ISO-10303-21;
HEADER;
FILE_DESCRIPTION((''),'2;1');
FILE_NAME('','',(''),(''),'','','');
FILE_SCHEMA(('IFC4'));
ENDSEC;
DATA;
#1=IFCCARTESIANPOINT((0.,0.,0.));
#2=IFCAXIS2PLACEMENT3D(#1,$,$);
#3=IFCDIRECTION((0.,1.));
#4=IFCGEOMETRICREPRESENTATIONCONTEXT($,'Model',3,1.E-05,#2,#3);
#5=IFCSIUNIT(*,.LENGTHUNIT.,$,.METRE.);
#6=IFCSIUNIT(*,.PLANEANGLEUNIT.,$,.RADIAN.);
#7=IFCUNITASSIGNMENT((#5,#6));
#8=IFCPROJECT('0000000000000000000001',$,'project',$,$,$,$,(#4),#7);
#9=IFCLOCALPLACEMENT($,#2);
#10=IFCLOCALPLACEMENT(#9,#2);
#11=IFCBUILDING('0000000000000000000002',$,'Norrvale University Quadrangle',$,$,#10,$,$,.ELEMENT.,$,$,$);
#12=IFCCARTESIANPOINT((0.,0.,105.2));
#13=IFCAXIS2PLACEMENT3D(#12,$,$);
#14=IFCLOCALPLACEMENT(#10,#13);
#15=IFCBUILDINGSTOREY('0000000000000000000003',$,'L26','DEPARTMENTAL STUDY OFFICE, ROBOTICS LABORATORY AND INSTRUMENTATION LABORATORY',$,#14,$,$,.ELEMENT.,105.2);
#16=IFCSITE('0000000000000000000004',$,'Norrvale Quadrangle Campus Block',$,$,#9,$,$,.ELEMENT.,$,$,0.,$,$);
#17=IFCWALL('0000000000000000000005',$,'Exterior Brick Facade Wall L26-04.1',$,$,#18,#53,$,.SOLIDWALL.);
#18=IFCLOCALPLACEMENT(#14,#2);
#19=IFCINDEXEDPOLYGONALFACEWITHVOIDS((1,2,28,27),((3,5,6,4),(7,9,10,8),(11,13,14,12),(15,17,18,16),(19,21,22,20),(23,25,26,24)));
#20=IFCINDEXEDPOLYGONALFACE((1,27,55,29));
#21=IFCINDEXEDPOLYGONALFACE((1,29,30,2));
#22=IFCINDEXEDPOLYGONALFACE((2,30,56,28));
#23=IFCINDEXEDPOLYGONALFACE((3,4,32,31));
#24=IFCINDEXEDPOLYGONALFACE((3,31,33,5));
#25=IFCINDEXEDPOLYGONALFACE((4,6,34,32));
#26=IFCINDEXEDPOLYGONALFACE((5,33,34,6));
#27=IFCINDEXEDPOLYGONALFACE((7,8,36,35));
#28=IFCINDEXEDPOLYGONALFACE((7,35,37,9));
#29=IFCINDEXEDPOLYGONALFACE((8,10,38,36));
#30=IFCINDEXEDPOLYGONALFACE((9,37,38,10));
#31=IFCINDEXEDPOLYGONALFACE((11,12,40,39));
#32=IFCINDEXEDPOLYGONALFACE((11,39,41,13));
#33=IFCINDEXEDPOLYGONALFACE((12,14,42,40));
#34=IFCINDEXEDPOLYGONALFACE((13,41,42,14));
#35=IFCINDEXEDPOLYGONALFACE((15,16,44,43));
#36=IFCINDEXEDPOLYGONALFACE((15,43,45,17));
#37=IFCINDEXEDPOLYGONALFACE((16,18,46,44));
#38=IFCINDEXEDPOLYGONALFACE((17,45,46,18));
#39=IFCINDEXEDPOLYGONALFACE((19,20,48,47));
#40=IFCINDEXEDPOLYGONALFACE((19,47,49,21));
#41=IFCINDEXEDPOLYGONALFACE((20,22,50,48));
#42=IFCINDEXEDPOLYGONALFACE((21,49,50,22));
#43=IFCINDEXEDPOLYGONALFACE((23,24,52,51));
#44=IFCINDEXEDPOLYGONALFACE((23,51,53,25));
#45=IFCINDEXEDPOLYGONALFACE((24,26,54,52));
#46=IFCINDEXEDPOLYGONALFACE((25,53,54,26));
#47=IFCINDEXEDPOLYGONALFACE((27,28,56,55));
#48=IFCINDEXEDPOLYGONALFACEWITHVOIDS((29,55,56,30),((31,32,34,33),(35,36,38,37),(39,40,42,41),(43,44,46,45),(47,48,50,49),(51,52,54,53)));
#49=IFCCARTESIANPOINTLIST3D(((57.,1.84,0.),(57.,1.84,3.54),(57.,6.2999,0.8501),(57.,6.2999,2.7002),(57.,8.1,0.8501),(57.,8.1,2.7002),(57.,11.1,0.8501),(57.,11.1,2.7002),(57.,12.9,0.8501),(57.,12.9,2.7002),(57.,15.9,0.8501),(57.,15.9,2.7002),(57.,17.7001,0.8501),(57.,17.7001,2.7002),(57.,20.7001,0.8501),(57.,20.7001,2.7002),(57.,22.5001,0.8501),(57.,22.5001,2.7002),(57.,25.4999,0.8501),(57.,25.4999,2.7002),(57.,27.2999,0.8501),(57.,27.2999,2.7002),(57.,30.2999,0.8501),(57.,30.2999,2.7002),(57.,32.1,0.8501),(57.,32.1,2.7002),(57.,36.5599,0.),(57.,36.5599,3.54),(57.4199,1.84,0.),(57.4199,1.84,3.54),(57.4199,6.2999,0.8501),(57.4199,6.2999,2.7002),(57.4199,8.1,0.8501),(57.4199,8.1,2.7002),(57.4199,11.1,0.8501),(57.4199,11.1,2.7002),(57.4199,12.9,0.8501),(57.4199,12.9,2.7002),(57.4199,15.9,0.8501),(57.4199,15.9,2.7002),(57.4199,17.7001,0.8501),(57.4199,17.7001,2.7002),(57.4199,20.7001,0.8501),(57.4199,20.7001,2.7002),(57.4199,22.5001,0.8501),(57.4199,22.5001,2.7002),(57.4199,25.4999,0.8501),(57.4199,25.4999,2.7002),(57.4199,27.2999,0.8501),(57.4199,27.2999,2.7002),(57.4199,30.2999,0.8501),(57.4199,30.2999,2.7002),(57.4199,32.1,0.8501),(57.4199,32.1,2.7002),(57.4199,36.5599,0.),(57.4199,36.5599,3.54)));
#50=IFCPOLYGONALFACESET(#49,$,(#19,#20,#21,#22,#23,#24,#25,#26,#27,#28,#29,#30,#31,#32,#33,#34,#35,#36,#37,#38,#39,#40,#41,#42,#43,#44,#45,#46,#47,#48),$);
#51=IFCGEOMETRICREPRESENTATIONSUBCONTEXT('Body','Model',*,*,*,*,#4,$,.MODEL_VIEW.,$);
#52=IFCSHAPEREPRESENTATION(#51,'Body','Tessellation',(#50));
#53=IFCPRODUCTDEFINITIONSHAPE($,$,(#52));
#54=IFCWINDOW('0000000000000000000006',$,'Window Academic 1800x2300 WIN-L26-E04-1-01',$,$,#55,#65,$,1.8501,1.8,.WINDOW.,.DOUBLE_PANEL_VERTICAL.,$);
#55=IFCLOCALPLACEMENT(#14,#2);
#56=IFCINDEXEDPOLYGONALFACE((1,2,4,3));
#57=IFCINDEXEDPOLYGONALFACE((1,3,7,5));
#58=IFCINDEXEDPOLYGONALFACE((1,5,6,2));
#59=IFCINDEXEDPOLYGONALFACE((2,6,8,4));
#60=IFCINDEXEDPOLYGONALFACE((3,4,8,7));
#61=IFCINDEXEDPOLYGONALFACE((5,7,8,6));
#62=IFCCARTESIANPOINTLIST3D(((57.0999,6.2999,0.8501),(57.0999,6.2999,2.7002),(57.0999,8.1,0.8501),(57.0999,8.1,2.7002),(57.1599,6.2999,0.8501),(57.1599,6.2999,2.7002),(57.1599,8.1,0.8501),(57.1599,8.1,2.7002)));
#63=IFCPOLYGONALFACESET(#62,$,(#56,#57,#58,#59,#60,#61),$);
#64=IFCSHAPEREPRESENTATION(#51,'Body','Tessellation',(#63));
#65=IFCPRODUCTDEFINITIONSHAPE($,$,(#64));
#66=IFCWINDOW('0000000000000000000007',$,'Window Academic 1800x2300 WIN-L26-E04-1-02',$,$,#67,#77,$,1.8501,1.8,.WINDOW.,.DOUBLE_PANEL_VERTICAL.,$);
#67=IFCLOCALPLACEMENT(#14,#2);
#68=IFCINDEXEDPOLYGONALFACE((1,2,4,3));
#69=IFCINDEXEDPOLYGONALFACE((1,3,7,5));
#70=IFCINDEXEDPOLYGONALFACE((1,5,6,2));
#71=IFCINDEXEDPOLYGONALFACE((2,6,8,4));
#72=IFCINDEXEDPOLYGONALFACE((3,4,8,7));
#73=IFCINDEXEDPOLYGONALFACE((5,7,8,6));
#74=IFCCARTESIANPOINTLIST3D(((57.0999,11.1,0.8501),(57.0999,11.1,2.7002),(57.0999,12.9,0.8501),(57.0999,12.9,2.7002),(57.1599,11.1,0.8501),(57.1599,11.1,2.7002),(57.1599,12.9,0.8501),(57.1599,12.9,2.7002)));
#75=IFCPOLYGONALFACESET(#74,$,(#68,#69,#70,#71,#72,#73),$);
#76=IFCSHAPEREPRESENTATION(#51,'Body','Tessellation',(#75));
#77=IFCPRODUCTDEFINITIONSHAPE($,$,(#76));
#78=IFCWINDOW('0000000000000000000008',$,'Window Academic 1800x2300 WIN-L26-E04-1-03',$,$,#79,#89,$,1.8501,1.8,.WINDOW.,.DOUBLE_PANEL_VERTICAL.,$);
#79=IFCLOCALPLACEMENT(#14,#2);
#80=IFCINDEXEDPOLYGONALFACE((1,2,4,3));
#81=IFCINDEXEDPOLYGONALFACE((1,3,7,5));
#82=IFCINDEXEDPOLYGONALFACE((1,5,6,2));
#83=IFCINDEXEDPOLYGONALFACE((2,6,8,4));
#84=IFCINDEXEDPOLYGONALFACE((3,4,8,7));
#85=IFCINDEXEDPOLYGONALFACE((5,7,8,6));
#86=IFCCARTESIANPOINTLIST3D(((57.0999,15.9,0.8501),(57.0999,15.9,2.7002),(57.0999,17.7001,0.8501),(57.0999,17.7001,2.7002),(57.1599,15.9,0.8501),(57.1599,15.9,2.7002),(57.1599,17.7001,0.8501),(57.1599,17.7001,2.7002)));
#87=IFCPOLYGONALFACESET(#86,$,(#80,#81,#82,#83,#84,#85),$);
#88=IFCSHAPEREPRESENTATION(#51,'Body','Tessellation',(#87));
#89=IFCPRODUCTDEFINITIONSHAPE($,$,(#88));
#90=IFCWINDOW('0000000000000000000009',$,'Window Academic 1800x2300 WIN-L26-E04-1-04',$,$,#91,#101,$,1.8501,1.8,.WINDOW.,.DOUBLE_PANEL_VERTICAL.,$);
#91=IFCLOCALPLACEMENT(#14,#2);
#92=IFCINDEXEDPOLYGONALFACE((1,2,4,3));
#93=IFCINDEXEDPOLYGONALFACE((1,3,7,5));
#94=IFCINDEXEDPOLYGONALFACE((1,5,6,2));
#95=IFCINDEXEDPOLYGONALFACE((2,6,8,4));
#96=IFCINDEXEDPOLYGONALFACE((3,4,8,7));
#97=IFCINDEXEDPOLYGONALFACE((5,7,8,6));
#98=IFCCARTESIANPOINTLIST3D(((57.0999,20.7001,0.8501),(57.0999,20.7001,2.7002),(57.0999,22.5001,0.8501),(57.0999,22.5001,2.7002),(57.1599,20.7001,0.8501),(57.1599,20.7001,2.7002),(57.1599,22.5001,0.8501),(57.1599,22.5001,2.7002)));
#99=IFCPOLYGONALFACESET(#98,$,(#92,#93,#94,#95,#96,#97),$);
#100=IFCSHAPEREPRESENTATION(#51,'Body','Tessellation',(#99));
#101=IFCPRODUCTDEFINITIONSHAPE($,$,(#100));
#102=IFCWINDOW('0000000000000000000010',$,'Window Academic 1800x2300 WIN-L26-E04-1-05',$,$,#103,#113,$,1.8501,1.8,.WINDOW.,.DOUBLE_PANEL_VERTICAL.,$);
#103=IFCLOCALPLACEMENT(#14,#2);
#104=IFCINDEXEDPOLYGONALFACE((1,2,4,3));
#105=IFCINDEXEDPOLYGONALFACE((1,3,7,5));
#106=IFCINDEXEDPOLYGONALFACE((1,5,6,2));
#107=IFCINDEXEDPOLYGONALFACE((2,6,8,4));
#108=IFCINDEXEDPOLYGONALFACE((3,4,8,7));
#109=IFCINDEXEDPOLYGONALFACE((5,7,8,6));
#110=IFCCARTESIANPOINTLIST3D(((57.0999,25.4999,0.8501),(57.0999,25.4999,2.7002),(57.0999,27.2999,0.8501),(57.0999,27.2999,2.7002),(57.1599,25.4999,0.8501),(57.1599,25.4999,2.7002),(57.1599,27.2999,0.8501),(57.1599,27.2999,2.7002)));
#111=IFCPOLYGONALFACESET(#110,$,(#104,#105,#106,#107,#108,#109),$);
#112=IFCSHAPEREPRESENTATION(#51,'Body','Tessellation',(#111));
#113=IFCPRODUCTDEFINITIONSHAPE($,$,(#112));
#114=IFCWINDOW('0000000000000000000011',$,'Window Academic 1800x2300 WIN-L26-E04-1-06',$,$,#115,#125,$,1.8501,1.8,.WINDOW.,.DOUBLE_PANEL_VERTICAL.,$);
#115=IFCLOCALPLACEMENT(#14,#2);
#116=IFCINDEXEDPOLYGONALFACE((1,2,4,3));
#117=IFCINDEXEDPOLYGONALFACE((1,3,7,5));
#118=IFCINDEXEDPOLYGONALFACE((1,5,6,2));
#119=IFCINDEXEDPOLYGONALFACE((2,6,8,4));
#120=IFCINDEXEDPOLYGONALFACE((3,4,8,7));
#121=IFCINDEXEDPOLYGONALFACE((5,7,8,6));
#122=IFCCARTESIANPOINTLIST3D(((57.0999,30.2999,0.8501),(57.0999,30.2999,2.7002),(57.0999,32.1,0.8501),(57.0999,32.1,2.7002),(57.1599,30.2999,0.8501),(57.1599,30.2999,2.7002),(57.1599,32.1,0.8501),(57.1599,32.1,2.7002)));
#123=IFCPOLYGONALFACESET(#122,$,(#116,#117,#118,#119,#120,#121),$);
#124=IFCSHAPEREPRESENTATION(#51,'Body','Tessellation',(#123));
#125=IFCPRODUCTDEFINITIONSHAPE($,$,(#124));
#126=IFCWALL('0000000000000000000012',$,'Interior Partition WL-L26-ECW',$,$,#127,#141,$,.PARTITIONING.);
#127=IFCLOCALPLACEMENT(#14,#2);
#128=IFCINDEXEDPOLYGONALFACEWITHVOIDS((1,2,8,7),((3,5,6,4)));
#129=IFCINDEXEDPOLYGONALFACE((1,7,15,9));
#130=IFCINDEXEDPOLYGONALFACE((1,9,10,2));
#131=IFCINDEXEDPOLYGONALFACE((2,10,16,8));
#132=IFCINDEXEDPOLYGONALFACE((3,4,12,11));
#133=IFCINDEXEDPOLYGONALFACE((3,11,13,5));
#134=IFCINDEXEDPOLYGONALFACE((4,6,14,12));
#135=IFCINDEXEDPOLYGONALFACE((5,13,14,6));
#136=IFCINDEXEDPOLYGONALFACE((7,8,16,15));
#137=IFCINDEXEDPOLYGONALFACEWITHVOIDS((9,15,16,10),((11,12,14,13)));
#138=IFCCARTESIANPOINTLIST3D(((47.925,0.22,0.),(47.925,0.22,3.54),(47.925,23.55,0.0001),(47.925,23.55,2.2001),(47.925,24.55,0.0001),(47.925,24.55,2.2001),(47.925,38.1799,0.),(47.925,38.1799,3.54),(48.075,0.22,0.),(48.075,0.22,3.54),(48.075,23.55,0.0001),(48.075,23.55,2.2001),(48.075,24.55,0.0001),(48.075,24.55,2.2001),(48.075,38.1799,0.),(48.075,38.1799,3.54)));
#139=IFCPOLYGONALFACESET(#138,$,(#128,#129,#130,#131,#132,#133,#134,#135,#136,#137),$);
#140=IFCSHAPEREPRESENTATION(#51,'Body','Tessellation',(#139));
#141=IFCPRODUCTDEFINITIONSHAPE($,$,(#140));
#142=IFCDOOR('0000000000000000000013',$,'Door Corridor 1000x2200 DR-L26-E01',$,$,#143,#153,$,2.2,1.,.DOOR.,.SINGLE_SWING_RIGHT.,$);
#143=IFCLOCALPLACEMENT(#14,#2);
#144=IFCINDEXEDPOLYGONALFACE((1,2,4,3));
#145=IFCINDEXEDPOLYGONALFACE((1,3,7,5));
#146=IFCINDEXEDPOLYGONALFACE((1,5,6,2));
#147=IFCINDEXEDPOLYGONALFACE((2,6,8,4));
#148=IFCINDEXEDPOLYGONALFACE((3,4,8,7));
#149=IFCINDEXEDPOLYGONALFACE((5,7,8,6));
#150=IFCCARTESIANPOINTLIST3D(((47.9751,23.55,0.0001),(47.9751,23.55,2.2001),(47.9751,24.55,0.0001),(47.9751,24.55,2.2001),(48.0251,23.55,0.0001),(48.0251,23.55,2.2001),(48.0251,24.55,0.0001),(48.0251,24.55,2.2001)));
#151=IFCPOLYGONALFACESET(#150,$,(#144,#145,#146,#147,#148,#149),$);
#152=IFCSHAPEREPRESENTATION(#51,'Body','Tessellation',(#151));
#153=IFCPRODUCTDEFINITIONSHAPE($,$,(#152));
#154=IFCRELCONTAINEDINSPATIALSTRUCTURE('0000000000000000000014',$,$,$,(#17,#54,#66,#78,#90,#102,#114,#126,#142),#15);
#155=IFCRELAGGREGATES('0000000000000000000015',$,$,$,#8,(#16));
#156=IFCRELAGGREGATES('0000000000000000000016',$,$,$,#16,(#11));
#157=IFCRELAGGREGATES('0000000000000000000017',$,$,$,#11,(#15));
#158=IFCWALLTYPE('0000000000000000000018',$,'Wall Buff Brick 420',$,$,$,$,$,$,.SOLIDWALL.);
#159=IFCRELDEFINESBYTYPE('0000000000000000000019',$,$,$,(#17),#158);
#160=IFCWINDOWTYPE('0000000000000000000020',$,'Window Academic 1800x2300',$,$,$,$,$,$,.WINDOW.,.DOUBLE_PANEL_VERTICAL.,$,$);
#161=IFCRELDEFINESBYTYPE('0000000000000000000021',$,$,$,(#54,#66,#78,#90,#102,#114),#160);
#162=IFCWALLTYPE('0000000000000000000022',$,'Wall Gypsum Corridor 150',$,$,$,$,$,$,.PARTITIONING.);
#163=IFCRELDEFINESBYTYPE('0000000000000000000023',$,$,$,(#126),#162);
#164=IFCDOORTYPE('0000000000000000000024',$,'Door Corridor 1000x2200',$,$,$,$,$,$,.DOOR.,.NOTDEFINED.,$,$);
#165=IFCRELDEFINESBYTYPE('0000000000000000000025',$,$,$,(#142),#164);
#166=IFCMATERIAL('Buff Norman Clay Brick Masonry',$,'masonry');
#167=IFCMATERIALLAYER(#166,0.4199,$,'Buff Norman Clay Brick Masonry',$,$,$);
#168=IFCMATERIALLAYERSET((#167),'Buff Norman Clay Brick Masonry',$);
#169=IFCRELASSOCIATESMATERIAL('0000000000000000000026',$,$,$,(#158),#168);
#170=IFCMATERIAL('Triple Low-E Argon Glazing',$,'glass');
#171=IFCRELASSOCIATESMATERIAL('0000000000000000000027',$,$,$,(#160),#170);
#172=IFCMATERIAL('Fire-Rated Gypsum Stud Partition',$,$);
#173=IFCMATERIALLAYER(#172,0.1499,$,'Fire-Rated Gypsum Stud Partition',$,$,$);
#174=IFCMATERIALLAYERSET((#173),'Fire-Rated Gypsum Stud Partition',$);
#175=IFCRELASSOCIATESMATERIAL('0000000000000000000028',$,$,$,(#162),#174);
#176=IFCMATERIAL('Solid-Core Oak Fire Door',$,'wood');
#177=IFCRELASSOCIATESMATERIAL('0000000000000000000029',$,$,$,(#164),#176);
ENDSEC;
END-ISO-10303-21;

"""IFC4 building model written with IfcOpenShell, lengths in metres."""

from ifc_helpers import new_model, si_unit, direction, frame, frame_2d, origin, place, context, subcontext, project, spatial, rectangle, extrude, material, layer, layer_set, type_object, element, fill, save


model = new_model("IFC4")

# Units and contexts
model_context = context("Model", 3, precision=1e-05, world=origin(), true_north=direction((0.0, 1.0)))
body_context = subcontext(model_context, "Body", "Model", "MODEL_VIEW")
ifc_project = project(units=[si_unit("LENGTHUNIT", "METRE"), si_unit("PLANEANGLEUNIT", "RADIAN")], contexts=[model_context])

# Site, building, storey
site_placement = place(None, origin())
site = spatial("IfcSite", under=ifc_project, at=site_placement, Name="Norrvale Quadrangle Campus Block", CompositionType="ELEMENT", RefElevation=0.0)
building_placement = place(site_placement, origin())
building = spatial("IfcBuilding", under=site, at=building_placement, Name="Norrvale University Quadrangle", CompositionType="ELEMENT")
storey_placement = place(building_placement, frame((0.0, 0.0, 105.2)))
storey = spatial("IfcBuildingStorey", under=building, at=storey_placement, Name="L26", Description="DEPARTMENTAL STUDY OFFICE, ROBOTICS LABORATORY AND INSTRUMENTATION LABORATORY", CompositionType="ELEMENT", Elevation=105.2)

# Shared definitions
ifc_material_1 = material(Name="Buff Norman Clay Brick Masonry", Category="masonry")
ifc_layer_1 = layer(ifc_material_1, 0.4199, Name="Buff Norman Clay Brick Masonry")
ifc_layer_set_1 = layer_set([ifc_layer_1], Name="Buff Norman Clay Brick Masonry")
wall_type_1 = type_object("IfcWallType", Name="Wall Buff Brick 420", PredefinedType="SOLIDWALL", material=ifc_layer_set_1)

# Wall, openings, windows
wall_1_placement = place(storey_placement, frame((57.21, 1.8401, 0.0), z_axis=(0.0, 0.0, 1.0), x_axis=(0.0, 1.0, 0.0)))
wall_1 = element("IfcWall", 1, at=wall_1_placement, inside=storey, type_object=wall_type_1, Name="Exterior Brick Facade Wall L26-04.1", PredefinedType="SOLIDWALL", context=body_context, shape_type="SweptSolid", body=[
    extrude(rectangle(XDim=34.72, YDim=0.4199, at=frame_2d((17.3599, 0.0))), origin(), (0.0, 0.0, 1.0), 3.54),
])
opening_1_placement = place(wall_1_placement, frame((4.46, 0.0, 0.8501)))
opening_1 = element("IfcOpeningElement", 2, at=opening_1_placement, cuts=wall_1, PredefinedType="OPENING", context=body_context, shape_type="SweptSolid", body=[
    extrude(rectangle(XDim=1.8, YDim=1.8501, at=frame_2d((0.8999, 0.925))), frame((0.0, 0.2219, 0.0), z_axis=(0.0, -1.0, 0.0), x_axis=(1.0, 0.0, 0.0)), (0.0, 0.0, 1.0), 0.4438),
])
opening_2_placement = place(wall_1_placement, frame((9.26, 0.0, 0.8501)))
opening_2 = element("IfcOpeningElement", 3, at=opening_2_placement, cuts=wall_1, PredefinedType="OPENING", context=body_context, shape_type="SweptSolid", body=[
    extrude(rectangle(XDim=1.8, YDim=1.8501, at=frame_2d((0.8999, 0.925))), frame((0.0, 0.2219, 0.0), z_axis=(0.0, -1.0, 0.0), x_axis=(1.0, 0.0, 0.0)), (0.0, 0.0, 1.0), 0.4438),
])
opening_3_placement = place(wall_1_placement, frame((14.0601, 0.0, 0.8501)))
opening_3 = element("IfcOpeningElement", 4, at=opening_3_placement, cuts=wall_1, PredefinedType="OPENING", context=body_context, shape_type="SweptSolid", body=[
    extrude(rectangle(XDim=1.8, YDim=1.8501, at=frame_2d((0.8999, 0.925))), frame((0.0, 0.2219, 0.0), z_axis=(0.0, -1.0, 0.0), x_axis=(1.0, 0.0, 0.0)), (0.0, 0.0, 1.0), 0.4438),
])
opening_4_placement = place(wall_1_placement, frame((18.8601, 0.0, 0.8501)))
opening_4 = element("IfcOpeningElement", 5, at=opening_4_placement, cuts=wall_1, PredefinedType="OPENING", context=body_context, shape_type="SweptSolid", body=[
    extrude(rectangle(XDim=1.8, YDim=1.8501, at=frame_2d((0.8999, 0.925))), frame((0.0, 0.2219, 0.0), z_axis=(0.0, -1.0, 0.0), x_axis=(1.0, 0.0, 0.0)), (0.0, 0.0, 1.0), 0.4438),
])
opening_5_placement = place(wall_1_placement, frame((23.6599, 0.0, 0.8501)))
opening_5 = element("IfcOpeningElement", 6, at=opening_5_placement, cuts=wall_1, PredefinedType="OPENING", context=body_context, shape_type="SweptSolid", body=[
    extrude(rectangle(XDim=1.8, YDim=1.8501, at=frame_2d((0.8999, 0.925))), frame((0.0, 0.2219, 0.0), z_axis=(0.0, -1.0, 0.0), x_axis=(1.0, 0.0, 0.0)), (0.0, 0.0, 1.0), 0.4438),
])
opening_6_placement = place(wall_1_placement, frame((28.46, 0.0, 0.8501)))
opening_6 = element("IfcOpeningElement", 7, at=opening_6_placement, cuts=wall_1, PredefinedType="OPENING", context=body_context, shape_type="SweptSolid", body=[
    extrude(rectangle(XDim=1.8, YDim=1.8501, at=frame_2d((0.8999, 0.925))), frame((0.0, 0.2219, 0.0), z_axis=(0.0, -1.0, 0.0), x_axis=(1.0, 0.0, 0.0)), (0.0, 0.0, 1.0), 0.4438),
])
ifc_material_2 = material(Name="Triple Low-E Argon Glazing", Category="glass")
window_type = type_object("IfcWindowType", Name="Window Academic 1800x2300", PartitioningType="DOUBLE_PANEL_VERTICAL", PredefinedType="WINDOW", material=ifc_material_2)
window_1_placement = place(opening_1_placement, origin())
window_1 = element("IfcWindow", 8, at=window_1_placement, inside=storey, type_object=window_type, Name="Window Academic 1800x2300 WIN-L26-E04-1-01", OverallHeight=1.8501, OverallWidth=1.8, PartitioningType="DOUBLE_PANEL_VERTICAL", PredefinedType="WINDOW", context=body_context, shape_type="SweptSolid", body=[
    extrude(rectangle(XDim=1.8, YDim=1.8501, at=frame_2d((0.8999, 0.925))), frame((0.0, 0.1101, 0.0), z_axis=(0.0, -1.0, 0.0), x_axis=(1.0, 0.0, 0.0)), (0.0, 0.0, 1.0), 0.0601),
])
fill(opening_1, window_1)
window_2_placement = place(opening_2_placement, origin())
window_2 = element("IfcWindow", 9, at=window_2_placement, inside=storey, type_object=window_type, Name="Window Academic 1800x2300 WIN-L26-E04-1-02", OverallHeight=1.8501, OverallWidth=1.8, PartitioningType="DOUBLE_PANEL_VERTICAL", PredefinedType="WINDOW", context=body_context, shape_type="SweptSolid", body=[
    extrude(rectangle(XDim=1.8, YDim=1.8501, at=frame_2d((0.8999, 0.925))), frame((0.0, 0.1101, 0.0), z_axis=(0.0, -1.0, 0.0), x_axis=(1.0, 0.0, 0.0)), (0.0, 0.0, 1.0), 0.0601),
])
fill(opening_2, window_2)
window_3_placement = place(opening_3_placement, origin())
window_3 = element("IfcWindow", 10, at=window_3_placement, inside=storey, type_object=window_type, Name="Window Academic 1800x2300 WIN-L26-E04-1-03", OverallHeight=1.8501, OverallWidth=1.8, PartitioningType="DOUBLE_PANEL_VERTICAL", PredefinedType="WINDOW", context=body_context, shape_type="SweptSolid", body=[
    extrude(rectangle(XDim=1.8, YDim=1.8501, at=frame_2d((0.8999, 0.925))), frame((0.0, 0.1101, 0.0), z_axis=(0.0, -1.0, 0.0), x_axis=(1.0, 0.0, 0.0)), (0.0, 0.0, 1.0), 0.0601),
])
fill(opening_3, window_3)
window_4_placement = place(opening_4_placement, origin())
window_4 = element("IfcWindow", 11, at=window_4_placement, inside=storey, type_object=window_type, Name="Window Academic 1800x2300 WIN-L26-E04-1-04", OverallHeight=1.8501, OverallWidth=1.8, PartitioningType="DOUBLE_PANEL_VERTICAL", PredefinedType="WINDOW", context=body_context, shape_type="SweptSolid", body=[
    extrude(rectangle(XDim=1.8, YDim=1.8501, at=frame_2d((0.8999, 0.925))), frame((0.0, 0.1101, 0.0), z_axis=(0.0, -1.0, 0.0), x_axis=(1.0, 0.0, 0.0)), (0.0, 0.0, 1.0), 0.0601),
])
fill(opening_4, window_4)
window_5_placement = place(opening_5_placement, origin())
window_5 = element("IfcWindow", 12, at=window_5_placement, inside=storey, type_object=window_type, Name="Window Academic 1800x2300 WIN-L26-E04-1-05", OverallHeight=1.8501, OverallWidth=1.8, PartitioningType="DOUBLE_PANEL_VERTICAL", PredefinedType="WINDOW", context=body_context, shape_type="SweptSolid", body=[
    extrude(rectangle(XDim=1.8, YDim=1.8501, at=frame_2d((0.8999, 0.925))), frame((0.0, 0.1101, 0.0), z_axis=(0.0, -1.0, 0.0), x_axis=(1.0, 0.0, 0.0)), (0.0, 0.0, 1.0), 0.0601),
])
fill(opening_5, window_5)
window_6_placement = place(opening_6_placement, origin())
window_6 = element("IfcWindow", 13, at=window_6_placement, inside=storey, type_object=window_type, Name="Window Academic 1800x2300 WIN-L26-E04-1-06", OverallHeight=1.8501, OverallWidth=1.8, PartitioningType="DOUBLE_PANEL_VERTICAL", PredefinedType="WINDOW", context=body_context, shape_type="SweptSolid", body=[
    extrude(rectangle(XDim=1.8, YDim=1.8501, at=frame_2d((0.8999, 0.925))), frame((0.0, 0.1101, 0.0), z_axis=(0.0, -1.0, 0.0), x_axis=(1.0, 0.0, 0.0)), (0.0, 0.0, 1.0), 0.0601),
])
fill(opening_6, window_6)

# Wall, opening, door
ifc_material_3 = material(Name="Fire-Rated Gypsum Stud Partition")
ifc_layer_2 = layer(ifc_material_3, 0.1499, Name="Fire-Rated Gypsum Stud Partition")
ifc_layer_set_2 = layer_set([ifc_layer_2], Name="Fire-Rated Gypsum Stud Partition")
wall_type_2 = type_object("IfcWallType", Name="Wall Gypsum Corridor 150", PredefinedType="PARTITIONING", material=ifc_layer_set_2)
wall_2_placement = place(storey_placement, frame((48.0, 0.22, 0.0), z_axis=(0.0, 0.0, 1.0), x_axis=(0.0, 1.0, 0.0)))
wall_2 = element("IfcWall", 14, at=wall_2_placement, inside=storey, type_object=wall_type_2, Name="Interior Partition WL-L26-ECW", PredefinedType="PARTITIONING", context=body_context, shape_type="SweptSolid", body=[
    extrude(rectangle(XDim=37.96, YDim=0.1499, at=frame_2d((18.98, 0.0))), origin(), (0.0, 0.0, 1.0), 3.54),
])
opening_7_placement = place(wall_2_placement, frame((23.3301, 0.0, 0.0)))
opening_7 = element("IfcOpeningElement", 15, at=opening_7_placement, cuts=wall_2, PredefinedType="OPENING", context=body_context, shape_type="SweptSolid", body=[
    extrude(rectangle(XDim=1.0, YDim=2.2, at=frame_2d((0.5, 1.1001))), frame((0.0, 0.0869, 0.0), z_axis=(0.0, -1.0, 0.0), x_axis=(1.0, 0.0, 0.0)), (0.0, 0.0, 1.0), 0.1738),
])
ifc_material_4 = material(Name="Solid-Core Oak Fire Door", Category="wood")
door_type = type_object("IfcDoorType", Name="Door Corridor 1000x2200", OperationType="NOTDEFINED", PredefinedType="DOOR", material=ifc_material_4)
door_placement = place(opening_7_placement, origin())
door = element("IfcDoor", 16, at=door_placement, inside=storey, type_object=door_type, Name="Door Corridor 1000x2200 DR-L26-E01", OperationType="SINGLE_SWING_RIGHT", OverallHeight=2.2, OverallWidth=1.0, PredefinedType="DOOR", context=body_context, shape_type="SweptSolid", body=[
    extrude(rectangle(XDim=1.0, YDim=2.2, at=frame_2d((0.5, 1.1001))), frame((0.0, 0.0249, 0.0), z_axis=(0.0, -1.0, 0.0), x_axis=(1.0, 0.0, 0.0)), (0.0, 0.0, 1.0), 0.05),
])
fill(opening_7, door)

save(model, "model.ifc")
